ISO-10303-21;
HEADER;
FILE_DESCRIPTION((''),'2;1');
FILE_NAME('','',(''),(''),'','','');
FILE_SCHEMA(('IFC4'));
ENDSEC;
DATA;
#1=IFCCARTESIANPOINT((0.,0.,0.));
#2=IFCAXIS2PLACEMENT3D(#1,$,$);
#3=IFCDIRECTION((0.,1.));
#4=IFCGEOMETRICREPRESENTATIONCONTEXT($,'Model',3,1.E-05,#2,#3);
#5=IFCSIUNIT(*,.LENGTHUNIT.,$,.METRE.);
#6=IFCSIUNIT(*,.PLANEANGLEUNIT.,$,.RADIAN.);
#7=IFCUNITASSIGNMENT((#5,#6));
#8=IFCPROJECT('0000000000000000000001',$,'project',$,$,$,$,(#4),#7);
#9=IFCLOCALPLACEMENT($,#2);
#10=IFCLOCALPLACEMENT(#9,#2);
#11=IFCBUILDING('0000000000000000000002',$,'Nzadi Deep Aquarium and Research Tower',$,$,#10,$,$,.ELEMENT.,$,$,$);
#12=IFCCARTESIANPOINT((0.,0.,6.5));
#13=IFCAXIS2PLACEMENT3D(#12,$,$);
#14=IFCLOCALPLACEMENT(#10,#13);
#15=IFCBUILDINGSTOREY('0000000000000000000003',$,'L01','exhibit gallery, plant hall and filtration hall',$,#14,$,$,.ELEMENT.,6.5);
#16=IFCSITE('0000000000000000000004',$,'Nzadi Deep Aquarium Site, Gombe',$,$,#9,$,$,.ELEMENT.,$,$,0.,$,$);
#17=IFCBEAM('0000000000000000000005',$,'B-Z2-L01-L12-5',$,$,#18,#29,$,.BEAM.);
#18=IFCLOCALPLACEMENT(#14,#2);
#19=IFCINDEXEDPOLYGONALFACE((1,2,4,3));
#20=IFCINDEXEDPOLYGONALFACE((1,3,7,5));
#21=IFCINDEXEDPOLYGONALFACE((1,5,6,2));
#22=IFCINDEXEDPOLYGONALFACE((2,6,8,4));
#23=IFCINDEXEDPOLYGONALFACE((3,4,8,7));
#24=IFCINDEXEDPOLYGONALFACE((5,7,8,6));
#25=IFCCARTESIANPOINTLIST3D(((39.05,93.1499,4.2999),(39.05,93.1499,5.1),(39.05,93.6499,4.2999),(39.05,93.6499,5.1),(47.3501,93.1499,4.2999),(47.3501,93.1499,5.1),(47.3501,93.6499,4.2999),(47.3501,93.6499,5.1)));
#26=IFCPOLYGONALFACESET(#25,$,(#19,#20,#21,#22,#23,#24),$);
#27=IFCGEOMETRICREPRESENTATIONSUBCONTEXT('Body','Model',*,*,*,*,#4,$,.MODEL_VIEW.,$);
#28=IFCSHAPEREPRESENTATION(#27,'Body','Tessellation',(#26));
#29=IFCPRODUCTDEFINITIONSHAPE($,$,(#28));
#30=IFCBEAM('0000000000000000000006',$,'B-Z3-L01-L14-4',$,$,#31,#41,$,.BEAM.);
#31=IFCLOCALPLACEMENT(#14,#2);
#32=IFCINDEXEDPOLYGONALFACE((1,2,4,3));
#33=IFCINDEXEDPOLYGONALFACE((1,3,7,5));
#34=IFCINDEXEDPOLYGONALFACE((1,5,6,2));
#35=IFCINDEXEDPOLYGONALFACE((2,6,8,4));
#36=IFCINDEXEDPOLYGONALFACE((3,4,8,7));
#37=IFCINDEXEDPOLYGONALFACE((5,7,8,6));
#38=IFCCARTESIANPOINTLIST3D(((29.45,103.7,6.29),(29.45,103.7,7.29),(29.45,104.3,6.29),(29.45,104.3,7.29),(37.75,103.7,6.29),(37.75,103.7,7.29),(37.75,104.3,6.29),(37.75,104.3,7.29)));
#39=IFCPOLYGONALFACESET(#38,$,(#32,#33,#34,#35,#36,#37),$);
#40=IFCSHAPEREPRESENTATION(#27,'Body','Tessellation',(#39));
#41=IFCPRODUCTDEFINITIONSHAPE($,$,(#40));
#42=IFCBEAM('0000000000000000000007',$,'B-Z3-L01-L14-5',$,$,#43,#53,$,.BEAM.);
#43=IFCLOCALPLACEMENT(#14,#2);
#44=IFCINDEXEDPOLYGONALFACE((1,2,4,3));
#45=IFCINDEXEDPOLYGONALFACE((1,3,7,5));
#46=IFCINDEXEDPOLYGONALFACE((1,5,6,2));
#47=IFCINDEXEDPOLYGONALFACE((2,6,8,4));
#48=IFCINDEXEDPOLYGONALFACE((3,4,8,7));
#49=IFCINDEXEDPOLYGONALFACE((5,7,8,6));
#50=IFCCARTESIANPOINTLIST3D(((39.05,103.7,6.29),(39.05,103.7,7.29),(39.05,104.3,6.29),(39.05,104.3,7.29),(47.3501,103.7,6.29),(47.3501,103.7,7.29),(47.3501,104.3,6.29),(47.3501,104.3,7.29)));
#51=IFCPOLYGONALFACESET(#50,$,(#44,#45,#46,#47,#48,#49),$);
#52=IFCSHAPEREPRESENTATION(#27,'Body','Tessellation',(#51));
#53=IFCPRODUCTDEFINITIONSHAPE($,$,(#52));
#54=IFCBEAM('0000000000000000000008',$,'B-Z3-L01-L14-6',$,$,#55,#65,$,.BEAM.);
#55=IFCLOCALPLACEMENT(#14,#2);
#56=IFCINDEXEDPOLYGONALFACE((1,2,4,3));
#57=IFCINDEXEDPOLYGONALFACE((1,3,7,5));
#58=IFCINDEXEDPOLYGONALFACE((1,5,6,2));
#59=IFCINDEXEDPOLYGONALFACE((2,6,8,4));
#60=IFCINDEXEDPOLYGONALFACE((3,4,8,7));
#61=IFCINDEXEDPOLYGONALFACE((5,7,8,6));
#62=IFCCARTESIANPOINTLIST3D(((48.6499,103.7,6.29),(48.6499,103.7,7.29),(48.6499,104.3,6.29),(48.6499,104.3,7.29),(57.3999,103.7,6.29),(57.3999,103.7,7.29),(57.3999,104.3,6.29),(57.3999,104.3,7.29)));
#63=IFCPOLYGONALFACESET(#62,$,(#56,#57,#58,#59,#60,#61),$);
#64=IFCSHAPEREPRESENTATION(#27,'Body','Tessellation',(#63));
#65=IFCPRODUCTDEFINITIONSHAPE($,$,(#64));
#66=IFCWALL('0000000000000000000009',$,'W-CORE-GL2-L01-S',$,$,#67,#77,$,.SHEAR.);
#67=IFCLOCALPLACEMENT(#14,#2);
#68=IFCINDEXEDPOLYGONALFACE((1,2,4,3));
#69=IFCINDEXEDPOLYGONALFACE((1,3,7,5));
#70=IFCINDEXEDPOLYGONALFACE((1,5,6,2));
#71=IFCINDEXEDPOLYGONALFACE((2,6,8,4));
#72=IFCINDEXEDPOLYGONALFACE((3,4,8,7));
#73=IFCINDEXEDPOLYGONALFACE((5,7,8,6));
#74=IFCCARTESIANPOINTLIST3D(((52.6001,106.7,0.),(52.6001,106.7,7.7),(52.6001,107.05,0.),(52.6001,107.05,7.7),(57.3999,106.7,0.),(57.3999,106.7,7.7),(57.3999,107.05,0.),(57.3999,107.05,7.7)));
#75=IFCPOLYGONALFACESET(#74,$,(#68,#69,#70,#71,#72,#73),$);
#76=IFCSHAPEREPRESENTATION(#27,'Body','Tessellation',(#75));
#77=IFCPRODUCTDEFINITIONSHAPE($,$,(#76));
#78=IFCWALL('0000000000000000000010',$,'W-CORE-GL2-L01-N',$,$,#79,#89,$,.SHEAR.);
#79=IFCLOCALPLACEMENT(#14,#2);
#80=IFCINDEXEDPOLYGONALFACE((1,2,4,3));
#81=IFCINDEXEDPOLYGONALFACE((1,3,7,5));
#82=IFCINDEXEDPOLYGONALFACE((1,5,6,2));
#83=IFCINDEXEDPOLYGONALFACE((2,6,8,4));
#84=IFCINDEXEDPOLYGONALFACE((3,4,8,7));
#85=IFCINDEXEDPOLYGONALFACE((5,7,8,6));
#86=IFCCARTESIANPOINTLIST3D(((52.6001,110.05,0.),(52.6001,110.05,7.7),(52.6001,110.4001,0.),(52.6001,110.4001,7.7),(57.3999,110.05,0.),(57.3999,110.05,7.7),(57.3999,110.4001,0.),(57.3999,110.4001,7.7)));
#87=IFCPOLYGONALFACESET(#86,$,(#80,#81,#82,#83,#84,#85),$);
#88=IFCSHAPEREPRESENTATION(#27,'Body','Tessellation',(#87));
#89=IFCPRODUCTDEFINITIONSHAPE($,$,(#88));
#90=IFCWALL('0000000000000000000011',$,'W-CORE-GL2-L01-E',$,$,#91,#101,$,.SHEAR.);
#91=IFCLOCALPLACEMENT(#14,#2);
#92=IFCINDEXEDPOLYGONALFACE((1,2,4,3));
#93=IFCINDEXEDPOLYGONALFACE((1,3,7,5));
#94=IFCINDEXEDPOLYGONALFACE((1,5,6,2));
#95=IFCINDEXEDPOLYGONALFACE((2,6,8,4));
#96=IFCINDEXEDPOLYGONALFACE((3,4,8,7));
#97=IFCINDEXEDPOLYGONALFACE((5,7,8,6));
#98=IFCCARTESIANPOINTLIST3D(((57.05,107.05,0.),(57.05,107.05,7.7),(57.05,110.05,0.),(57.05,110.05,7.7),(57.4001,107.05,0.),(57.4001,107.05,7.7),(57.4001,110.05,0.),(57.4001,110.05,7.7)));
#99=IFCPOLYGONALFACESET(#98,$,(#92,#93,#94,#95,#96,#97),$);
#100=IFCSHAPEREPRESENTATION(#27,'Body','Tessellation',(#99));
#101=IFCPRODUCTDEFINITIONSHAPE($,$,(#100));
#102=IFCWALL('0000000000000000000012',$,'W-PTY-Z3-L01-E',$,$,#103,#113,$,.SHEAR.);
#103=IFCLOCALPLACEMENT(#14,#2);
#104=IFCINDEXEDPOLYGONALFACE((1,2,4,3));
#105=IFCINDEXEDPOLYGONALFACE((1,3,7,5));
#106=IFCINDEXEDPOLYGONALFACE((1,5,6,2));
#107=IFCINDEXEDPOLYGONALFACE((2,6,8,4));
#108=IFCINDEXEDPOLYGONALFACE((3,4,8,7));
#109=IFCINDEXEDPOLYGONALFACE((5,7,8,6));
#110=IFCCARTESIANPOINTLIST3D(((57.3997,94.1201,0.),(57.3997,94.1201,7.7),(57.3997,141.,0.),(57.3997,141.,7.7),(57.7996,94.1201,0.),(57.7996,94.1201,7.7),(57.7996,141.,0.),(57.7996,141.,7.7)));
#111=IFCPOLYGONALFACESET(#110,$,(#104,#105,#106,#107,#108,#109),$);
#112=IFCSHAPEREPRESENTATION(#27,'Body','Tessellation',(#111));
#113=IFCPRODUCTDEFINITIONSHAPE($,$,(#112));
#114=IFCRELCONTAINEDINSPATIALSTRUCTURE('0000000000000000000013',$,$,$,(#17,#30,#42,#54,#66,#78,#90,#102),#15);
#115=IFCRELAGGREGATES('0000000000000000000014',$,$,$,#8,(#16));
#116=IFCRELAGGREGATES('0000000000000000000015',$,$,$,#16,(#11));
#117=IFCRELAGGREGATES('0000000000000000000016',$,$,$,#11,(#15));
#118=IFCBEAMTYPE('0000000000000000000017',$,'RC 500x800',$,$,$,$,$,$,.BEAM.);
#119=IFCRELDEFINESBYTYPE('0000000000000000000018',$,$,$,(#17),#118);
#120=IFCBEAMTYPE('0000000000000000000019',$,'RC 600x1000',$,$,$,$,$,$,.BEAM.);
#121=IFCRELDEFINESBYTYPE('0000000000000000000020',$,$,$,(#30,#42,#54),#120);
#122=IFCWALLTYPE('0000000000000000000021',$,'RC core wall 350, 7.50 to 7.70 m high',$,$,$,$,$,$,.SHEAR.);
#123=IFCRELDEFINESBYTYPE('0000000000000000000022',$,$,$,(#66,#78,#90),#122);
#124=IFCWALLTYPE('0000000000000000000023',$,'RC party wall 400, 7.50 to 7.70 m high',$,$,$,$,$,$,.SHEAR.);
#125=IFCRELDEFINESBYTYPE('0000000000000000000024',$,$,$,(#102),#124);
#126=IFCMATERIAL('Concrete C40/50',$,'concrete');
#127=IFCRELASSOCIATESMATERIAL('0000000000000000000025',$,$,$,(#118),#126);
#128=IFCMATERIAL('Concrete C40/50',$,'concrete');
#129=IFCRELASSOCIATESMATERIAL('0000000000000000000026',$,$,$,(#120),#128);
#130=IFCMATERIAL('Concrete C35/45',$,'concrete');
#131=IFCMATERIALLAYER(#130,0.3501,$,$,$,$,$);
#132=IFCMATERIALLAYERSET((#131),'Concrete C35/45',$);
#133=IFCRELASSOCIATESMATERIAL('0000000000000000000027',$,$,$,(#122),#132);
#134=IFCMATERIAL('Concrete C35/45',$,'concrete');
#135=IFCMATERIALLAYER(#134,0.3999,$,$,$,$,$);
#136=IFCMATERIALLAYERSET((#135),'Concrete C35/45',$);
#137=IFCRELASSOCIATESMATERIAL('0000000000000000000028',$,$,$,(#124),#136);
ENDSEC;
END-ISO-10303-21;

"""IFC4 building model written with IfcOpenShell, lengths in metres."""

from ifc_helpers import new_model, si_unit, direction, frame, frame_2d, origin, origin_2d, place, context, subcontext, project, spatial, rectangle, extrude, material, layer, layer_set, material_profile, profile_set, type_object, element, save


model = new_model("IFC4")

# Units and contexts
model_context = context("Model", 3, precision=1e-05, world=origin(), true_north=direction((0.0, 1.0)))
body_context = subcontext(model_context, "Body", "Model", "MODEL_VIEW")
ifc_project = project(units=[si_unit("LENGTHUNIT", "METRE"), si_unit("PLANEANGLEUNIT", "RADIAN")], contexts=[model_context])

# Site, building, storey
site_placement = place(None, origin())
site = spatial("IfcSite", under=ifc_project, at=site_placement, Name="Nzadi Deep Aquarium Site, Gombe", CompositionType="ELEMENT", RefElevation=0.0)
building_placement = place(site_placement, origin())
building = spatial("IfcBuilding", under=site, at=building_placement, Name="Nzadi Deep Aquarium and Research Tower", CompositionType="ELEMENT")
storey_placement = place(building_placement, frame((0.0, 0.0, 6.5)))
storey = spatial("IfcBuildingStorey", under=building, at=storey_placement, Name="L01", Description="exhibit gallery, plant hall and filtration hall", CompositionType="ELEMENT", Elevation=6.5)

# Beams
ifc_material_1 = material(Name="Concrete C40/50", Category="concrete")
ifc_material_profile_1 = material_profile(ifc_material_1, rectangle(XDim=0.5, YDim=0.8, at=origin_2d()))
ifc_profile_set_1 = profile_set([ifc_material_profile_1], Name="Concrete C40/50")
beam_type_1 = type_object("IfcBeamType", Name="RC 500x800", PredefinedType="BEAM", material=ifc_profile_set_1)
for number, where, z_axis, x_axis, name in (
    (1, (39.05, 93.3999, 4.7), (1.0, 0.0, 0.0), (0.0, 1.0, 0.0), "B-Z2-L01-L12-5"),
):
    element("IfcBeam", number, at=place(storey_placement, frame(where, z_axis=z_axis, x_axis=x_axis)), inside=storey, type_object=beam_type_1, Name=name, PredefinedType="BEAM", context=body_context, shape_type="SweptSolid", body=[
        extrude(rectangle(XDim=0.5, YDim=0.8, at=origin_2d()), origin(), (0.0, 0.0, 1.0), 8.3),
    ])
ifc_material_2 = material(Name="Concrete C40/50", Category="concrete")
ifc_material_profile_2 = material_profile(ifc_material_2, rectangle(XDim=0.6001, YDim=1.0, at=origin_2d()))
ifc_profile_set_2 = profile_set([ifc_material_profile_2], Name="Concrete C40/50")
beam_type_2 = type_object("IfcBeamType", Name="RC 600x1000", PredefinedType="BEAM", material=ifc_profile_set_2)
for number, where, z_axis, x_axis, name in (
    (2, (29.45, 104.0, 6.79), (1.0, 0.0, 0.0), (0.0, 1.0, 0.0), "B-Z3-L01-L14-4"),
    (3, (39.05, 104.0, 6.79), (1.0, 0.0, 0.0), (0.0, 1.0, 0.0), "B-Z3-L01-L14-5"),
):
    element("IfcBeam", number, at=place(storey_placement, frame(where, z_axis=z_axis, x_axis=x_axis)), inside=storey, type_object=beam_type_2, Name=name, PredefinedType="BEAM", context=body_context, shape_type="SweptSolid", body=[
        extrude(rectangle(XDim=0.6001, YDim=1.0, at=origin_2d()), origin(), (0.0, 0.0, 1.0), 8.3),
    ])
beam_1_placement = place(storey_placement, frame((48.6499, 104.0, 6.79), z_axis=(1.0, 0.0, 0.0), x_axis=(0.0, 1.0, 0.0)))
element("IfcBeam", 4, at=beam_1_placement, inside=storey, type_object=beam_type_2, Name="B-Z3-L01-L14-6", PredefinedType="BEAM", context=body_context, shape_type="SweptSolid", body=[
    extrude(rectangle(XDim=0.6001, YDim=1.0, at=origin_2d()), origin(), (0.0, 0.0, 1.0), 8.75),
])

# Walls
ifc_material_3 = material(Name="Concrete C35/45", Category="concrete")
ifc_layer_1 = layer(ifc_material_3, 0.3501)
ifc_layer_set_1 = layer_set([ifc_layer_1], Name="Concrete C35/45")
wall_type_1 = type_object("IfcWallType", Name="RC core wall 350, 7.50 to 7.70 m high", PredefinedType="SHEAR", material=ifc_layer_set_1)
for number, where, z_axis, x_axis, name in (
    (5, (52.6001, 106.875, 0.0), (0.0, 0.0, 1.0), (1.0, 0.0, 0.0), "W-CORE-GL2-L01-S"),
    (6, (52.6001, 110.2251, 0.0), (0.0, 0.0, 1.0), (1.0, 0.0, 0.0), "W-CORE-GL2-L01-N"),
):
    element("IfcWall", number, at=place(storey_placement, frame(where, z_axis=z_axis, x_axis=x_axis)), inside=storey, type_object=wall_type_1, Name=name, PredefinedType="SHEAR", context=body_context, shape_type="SweptSolid", body=[
        extrude(rectangle(XDim=4.7998, YDim=0.3501, at=frame_2d((2.3999, 0.0))), origin(), (0.0, 0.0, 1.0), 7.7),
    ])

# Walls
wall_1_placement = place(storey_placement, frame((57.2251, 107.05, 0.0), z_axis=(0.0, 0.0, 1.0), x_axis=(0.0, 1.0, 0.0)))
element("IfcWall", 7, at=wall_1_placement, inside=storey, type_object=wall_type_1, Name="W-CORE-GL2-L01-E", PredefinedType="SHEAR", context=body_context, shape_type="SweptSolid", body=[
    extrude(rectangle(XDim=3.0, YDim=0.3501, at=frame_2d((1.5, 0.0))), origin(), (0.0, 0.0, 1.0), 7.7),
])
ifc_material_4 = material(Name="Concrete C35/45", Category="concrete")
ifc_layer_2 = layer(ifc_material_4, 0.3999)
ifc_layer_set_2 = layer_set([ifc_layer_2], Name="Concrete C35/45")
wall_type_2 = type_object("IfcWallType", Name="RC party wall 400, 7.50 to 7.70 m high", PredefinedType="SHEAR", material=ifc_layer_set_2)
wall_2_placement = place(storey_placement, frame((57.5996, 94.1201, 0.0), z_axis=(0.0, 0.0, 1.0), x_axis=(0.0, 1.0, 0.0)))
element("IfcWall", 8, at=wall_2_placement, inside=storey, type_object=wall_type_2, Name="W-PTY-Z3-L01-E", PredefinedType="SHEAR", context=body_context, shape_type="SweptSolid", body=[
    extrude(rectangle(XDim=46.8799, YDim=0.3999, at=frame_2d((23.4399, 0.0))), origin(), (0.0, 0.0, 1.0), 7.7),
])

save(model, "model.ifc")
